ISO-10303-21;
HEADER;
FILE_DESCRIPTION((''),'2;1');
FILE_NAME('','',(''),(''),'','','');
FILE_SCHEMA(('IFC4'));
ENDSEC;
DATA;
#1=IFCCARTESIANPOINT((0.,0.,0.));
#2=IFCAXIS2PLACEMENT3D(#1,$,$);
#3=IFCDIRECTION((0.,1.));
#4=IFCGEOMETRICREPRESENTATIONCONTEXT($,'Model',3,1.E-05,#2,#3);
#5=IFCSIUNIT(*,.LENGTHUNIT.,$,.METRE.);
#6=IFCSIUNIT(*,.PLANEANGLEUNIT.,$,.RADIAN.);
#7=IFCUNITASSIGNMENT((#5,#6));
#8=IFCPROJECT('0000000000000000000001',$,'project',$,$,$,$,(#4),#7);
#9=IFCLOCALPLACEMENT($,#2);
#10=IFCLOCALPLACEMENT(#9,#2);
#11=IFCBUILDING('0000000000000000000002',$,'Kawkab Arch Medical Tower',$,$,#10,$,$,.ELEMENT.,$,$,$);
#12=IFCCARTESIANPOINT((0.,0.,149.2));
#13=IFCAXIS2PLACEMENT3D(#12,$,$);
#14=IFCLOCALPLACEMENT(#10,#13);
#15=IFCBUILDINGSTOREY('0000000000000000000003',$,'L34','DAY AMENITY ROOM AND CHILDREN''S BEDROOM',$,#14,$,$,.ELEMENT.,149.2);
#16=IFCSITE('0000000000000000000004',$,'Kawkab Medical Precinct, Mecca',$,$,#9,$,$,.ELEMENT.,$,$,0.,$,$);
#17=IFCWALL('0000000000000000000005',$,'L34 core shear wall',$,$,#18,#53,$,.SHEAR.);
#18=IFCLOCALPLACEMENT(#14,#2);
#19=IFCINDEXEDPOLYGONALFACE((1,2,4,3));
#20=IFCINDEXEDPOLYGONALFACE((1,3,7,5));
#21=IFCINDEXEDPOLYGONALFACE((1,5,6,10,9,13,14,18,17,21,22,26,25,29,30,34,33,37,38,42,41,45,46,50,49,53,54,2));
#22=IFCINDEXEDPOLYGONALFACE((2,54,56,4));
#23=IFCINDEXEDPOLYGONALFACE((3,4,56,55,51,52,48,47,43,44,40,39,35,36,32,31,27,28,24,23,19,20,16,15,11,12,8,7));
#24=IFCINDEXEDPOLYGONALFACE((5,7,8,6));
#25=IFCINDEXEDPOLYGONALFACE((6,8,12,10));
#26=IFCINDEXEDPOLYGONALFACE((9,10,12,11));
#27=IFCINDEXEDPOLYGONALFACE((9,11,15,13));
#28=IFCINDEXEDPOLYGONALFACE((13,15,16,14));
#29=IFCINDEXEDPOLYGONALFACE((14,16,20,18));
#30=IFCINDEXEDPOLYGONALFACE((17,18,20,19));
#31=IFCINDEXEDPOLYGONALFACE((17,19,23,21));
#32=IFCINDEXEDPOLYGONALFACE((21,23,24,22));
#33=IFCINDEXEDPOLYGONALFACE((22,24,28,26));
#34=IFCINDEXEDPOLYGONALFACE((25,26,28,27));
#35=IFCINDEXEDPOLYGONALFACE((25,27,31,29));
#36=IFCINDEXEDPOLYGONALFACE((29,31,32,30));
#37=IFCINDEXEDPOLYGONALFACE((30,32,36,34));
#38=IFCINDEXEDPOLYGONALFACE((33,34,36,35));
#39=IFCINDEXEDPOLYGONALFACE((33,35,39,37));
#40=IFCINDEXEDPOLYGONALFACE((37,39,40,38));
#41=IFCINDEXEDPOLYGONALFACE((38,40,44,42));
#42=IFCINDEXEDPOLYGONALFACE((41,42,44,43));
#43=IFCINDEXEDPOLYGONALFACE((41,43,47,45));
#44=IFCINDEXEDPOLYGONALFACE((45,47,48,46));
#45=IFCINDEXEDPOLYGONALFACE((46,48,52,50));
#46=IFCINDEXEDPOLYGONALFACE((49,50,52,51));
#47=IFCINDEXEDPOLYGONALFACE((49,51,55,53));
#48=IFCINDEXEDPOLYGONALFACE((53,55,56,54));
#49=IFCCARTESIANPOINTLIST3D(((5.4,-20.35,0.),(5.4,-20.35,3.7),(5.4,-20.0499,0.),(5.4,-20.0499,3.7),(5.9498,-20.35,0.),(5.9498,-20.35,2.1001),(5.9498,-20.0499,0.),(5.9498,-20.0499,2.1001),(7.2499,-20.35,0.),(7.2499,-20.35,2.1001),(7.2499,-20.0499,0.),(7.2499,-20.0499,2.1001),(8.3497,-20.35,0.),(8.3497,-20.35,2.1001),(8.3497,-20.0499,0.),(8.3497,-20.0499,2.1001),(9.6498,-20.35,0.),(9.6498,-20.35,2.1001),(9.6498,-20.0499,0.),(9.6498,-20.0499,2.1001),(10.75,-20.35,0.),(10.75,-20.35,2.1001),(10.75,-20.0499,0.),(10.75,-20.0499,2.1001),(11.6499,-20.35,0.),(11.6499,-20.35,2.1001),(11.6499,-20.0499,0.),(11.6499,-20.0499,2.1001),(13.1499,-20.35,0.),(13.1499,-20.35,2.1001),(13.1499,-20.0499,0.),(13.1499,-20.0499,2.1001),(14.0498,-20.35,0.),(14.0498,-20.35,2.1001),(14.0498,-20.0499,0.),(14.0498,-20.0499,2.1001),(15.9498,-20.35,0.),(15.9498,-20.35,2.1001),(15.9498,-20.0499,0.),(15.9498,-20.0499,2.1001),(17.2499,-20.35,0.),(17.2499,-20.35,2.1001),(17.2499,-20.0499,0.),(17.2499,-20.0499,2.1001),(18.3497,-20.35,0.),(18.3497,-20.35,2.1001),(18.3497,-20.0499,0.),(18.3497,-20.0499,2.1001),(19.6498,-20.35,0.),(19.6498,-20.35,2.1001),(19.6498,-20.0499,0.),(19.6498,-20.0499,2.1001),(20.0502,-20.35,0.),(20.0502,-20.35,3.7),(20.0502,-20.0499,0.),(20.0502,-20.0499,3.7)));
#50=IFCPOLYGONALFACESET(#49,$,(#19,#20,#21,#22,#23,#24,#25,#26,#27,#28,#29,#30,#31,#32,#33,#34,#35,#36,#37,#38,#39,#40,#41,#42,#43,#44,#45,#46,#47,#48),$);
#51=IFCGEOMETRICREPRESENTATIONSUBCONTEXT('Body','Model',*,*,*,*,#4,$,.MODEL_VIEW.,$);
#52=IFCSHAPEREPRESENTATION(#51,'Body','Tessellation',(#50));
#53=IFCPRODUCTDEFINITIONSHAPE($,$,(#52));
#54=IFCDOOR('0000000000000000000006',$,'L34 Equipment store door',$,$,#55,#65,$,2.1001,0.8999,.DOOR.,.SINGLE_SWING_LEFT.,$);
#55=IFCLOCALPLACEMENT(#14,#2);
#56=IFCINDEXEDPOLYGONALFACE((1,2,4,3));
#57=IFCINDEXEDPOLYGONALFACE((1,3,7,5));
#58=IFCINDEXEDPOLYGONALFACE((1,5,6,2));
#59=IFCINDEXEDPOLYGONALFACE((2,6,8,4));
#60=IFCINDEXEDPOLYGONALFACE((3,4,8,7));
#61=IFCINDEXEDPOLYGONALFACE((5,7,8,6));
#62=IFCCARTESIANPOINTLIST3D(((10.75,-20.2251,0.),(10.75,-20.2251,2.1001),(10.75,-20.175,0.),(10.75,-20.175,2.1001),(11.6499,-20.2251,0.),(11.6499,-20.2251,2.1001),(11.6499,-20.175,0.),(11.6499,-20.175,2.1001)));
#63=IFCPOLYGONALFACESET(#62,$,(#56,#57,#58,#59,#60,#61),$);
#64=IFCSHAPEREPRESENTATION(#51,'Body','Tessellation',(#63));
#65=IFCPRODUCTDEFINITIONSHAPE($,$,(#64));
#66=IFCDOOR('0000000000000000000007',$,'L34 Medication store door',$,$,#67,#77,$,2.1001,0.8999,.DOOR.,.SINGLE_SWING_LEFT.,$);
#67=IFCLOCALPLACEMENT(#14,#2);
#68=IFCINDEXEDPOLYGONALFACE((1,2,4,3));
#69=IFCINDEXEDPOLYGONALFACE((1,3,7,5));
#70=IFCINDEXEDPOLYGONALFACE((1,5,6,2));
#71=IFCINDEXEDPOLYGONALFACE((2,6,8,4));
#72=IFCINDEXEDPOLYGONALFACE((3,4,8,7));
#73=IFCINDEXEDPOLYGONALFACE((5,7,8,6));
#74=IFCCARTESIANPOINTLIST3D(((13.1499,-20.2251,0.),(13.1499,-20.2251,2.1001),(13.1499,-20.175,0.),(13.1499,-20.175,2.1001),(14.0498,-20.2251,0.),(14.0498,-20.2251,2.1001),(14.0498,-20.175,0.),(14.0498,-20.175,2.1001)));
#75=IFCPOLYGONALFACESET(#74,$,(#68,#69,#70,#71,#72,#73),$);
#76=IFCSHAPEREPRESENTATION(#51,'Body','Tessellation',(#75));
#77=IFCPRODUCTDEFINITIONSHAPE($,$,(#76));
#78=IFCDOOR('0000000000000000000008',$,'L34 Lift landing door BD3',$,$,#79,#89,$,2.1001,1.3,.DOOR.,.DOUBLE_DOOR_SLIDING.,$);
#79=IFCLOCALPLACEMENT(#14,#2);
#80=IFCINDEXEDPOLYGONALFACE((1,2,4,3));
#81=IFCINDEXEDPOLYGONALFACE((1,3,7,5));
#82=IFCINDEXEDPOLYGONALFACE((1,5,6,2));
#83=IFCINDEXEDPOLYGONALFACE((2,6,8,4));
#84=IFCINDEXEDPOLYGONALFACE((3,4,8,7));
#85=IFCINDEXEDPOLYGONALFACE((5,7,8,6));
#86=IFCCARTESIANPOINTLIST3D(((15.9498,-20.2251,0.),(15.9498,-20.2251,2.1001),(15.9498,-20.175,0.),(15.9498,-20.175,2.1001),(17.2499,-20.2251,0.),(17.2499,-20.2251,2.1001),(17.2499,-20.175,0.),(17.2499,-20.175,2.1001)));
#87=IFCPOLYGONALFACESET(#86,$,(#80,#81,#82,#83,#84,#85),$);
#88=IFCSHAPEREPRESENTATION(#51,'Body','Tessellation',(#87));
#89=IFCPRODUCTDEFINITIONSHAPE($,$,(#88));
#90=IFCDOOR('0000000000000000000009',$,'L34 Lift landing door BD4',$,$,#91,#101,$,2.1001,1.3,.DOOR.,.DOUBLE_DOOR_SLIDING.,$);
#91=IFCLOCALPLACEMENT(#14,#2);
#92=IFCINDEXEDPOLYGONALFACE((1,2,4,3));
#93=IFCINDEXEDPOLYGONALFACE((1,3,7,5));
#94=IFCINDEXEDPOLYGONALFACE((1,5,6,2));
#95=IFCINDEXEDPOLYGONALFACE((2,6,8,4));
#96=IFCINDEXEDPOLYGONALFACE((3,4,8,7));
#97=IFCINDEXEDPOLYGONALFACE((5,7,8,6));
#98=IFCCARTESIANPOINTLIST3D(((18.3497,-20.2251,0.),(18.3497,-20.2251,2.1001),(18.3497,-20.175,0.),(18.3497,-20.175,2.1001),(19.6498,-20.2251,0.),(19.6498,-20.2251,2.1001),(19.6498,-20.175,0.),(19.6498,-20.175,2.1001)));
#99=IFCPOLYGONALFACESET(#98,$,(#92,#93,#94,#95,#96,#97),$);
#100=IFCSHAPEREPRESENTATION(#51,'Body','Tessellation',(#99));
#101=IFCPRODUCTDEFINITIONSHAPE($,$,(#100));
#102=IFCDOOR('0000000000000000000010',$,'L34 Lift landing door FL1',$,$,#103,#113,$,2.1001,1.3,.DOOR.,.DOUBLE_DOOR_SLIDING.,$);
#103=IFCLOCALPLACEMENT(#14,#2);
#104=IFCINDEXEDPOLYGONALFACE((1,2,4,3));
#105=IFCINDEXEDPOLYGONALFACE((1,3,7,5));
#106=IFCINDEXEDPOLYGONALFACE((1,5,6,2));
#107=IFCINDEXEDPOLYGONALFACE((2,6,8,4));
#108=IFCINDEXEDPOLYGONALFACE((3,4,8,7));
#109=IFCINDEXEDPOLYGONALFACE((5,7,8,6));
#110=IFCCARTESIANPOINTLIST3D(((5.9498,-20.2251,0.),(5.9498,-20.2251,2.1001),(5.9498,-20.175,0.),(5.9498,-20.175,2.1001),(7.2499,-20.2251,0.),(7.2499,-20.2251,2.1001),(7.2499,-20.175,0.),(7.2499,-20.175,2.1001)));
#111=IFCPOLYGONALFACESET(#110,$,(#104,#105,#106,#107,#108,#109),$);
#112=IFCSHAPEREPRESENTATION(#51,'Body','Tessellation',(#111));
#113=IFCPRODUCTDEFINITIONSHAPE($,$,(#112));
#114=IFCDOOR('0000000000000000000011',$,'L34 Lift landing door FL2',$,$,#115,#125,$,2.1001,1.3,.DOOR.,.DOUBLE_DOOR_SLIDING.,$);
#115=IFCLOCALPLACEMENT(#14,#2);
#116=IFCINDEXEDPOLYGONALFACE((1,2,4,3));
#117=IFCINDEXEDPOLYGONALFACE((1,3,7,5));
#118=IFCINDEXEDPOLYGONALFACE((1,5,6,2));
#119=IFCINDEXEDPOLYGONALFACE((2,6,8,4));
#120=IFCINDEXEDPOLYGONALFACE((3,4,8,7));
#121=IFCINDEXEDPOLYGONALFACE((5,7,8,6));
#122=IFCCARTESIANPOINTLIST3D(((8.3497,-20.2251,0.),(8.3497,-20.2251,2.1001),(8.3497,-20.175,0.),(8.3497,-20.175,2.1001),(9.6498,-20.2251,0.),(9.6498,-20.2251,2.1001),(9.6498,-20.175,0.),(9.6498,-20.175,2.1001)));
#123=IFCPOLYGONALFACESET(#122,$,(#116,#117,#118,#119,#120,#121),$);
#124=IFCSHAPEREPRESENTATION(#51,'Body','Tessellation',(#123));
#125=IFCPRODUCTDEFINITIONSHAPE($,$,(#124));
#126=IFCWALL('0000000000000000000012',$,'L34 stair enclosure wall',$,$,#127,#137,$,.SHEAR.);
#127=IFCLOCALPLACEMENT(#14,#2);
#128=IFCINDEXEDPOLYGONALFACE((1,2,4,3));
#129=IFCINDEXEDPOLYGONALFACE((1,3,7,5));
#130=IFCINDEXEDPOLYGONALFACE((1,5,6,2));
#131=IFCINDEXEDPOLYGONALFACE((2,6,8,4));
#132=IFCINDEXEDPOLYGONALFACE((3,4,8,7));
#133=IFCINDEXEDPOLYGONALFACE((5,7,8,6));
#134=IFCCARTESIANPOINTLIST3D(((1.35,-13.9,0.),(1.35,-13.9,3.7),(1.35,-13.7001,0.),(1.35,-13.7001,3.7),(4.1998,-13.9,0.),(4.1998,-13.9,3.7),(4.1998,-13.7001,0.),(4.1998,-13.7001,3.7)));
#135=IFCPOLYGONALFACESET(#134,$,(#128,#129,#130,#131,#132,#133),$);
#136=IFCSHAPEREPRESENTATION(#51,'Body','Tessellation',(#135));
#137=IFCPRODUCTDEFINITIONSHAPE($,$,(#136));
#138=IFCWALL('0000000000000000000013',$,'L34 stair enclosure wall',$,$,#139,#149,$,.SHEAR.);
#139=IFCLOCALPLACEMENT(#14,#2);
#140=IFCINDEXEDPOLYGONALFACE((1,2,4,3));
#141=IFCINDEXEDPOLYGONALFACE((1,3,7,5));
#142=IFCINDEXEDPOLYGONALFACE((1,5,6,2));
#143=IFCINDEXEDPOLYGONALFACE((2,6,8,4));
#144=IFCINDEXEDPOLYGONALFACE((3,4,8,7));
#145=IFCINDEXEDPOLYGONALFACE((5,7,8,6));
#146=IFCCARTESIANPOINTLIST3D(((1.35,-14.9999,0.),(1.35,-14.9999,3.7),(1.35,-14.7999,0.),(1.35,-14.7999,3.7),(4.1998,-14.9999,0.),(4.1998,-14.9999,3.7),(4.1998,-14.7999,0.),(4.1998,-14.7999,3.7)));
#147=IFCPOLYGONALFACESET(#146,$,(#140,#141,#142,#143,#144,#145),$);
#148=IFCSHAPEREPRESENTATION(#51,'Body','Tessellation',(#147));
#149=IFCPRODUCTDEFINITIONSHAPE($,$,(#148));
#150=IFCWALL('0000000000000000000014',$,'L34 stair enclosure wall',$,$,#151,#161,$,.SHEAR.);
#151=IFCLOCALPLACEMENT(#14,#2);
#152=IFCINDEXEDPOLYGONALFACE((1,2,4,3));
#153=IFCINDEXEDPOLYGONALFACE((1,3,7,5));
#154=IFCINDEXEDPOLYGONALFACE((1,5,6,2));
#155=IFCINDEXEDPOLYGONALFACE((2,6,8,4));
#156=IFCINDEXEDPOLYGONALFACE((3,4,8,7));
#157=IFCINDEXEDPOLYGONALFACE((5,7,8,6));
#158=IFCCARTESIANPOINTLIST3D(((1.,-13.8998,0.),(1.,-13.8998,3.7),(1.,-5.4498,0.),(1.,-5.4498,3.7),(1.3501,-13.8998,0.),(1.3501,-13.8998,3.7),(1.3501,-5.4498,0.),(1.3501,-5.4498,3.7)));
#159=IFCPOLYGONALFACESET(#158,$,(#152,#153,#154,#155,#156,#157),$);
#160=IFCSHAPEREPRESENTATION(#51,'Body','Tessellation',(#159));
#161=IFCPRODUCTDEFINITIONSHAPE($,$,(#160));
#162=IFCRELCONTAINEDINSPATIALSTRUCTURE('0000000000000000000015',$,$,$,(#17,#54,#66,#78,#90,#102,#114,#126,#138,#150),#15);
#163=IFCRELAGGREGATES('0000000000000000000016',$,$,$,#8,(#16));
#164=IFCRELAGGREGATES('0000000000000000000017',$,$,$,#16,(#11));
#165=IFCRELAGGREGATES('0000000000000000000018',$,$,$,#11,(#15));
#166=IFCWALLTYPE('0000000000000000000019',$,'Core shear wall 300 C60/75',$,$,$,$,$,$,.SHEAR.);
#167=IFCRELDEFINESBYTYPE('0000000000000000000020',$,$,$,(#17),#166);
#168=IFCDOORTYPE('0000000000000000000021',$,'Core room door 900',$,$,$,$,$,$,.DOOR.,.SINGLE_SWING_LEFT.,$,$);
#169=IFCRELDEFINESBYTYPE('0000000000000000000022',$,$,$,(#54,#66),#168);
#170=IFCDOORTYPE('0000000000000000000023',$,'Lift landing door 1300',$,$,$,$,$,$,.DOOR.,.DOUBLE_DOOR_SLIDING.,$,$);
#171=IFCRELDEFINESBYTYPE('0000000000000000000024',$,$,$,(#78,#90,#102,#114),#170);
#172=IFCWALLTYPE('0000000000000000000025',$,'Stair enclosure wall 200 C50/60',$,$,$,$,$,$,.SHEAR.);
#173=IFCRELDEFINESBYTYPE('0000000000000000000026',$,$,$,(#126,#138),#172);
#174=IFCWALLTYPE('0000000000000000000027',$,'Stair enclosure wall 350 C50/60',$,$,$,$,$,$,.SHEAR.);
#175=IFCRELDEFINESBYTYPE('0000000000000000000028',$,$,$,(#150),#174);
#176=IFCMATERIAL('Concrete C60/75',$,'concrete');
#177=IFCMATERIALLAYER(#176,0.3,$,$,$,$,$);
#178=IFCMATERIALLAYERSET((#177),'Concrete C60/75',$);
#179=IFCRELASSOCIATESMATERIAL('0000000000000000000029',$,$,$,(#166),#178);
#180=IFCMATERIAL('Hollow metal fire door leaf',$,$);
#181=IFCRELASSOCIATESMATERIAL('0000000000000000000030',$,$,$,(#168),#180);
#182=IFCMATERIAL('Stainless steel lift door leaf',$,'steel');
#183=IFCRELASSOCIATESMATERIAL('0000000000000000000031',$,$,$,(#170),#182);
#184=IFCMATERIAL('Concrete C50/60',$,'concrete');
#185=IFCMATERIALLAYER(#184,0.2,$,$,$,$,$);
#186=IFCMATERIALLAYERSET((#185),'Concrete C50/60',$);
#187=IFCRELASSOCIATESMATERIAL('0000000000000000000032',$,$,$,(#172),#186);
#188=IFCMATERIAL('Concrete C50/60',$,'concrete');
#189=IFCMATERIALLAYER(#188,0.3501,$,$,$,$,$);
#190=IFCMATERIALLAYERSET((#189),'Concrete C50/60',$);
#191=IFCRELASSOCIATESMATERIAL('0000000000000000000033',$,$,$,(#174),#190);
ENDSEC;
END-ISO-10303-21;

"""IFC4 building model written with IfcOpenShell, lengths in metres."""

from ifc_helpers import new_model, si_unit, direction, frame, frame_2d, origin, place, context, subcontext, project, spatial, rectangle, extrude, material, layer, layer_set, type_object, element, fill, save


model = new_model("IFC4")

# Units and contexts
model_context = context("Model", 3, precision=1e-05, world=origin(), true_north=direction((0.0, 1.0)))
body_context = subcontext(model_context, "Body", "Model", "MODEL_VIEW")
ifc_project = project(units=[si_unit("LENGTHUNIT", "METRE"), si_unit("PLANEANGLEUNIT", "RADIAN")], contexts=[model_context])

# Site, building, storey
site_placement = place(None, origin())
site = spatial("IfcSite", under=ifc_project, at=site_placement, Name="Kawkab Medical Precinct, Mecca", CompositionType="ELEMENT", RefElevation=0.0)
building_placement = place(site_placement, origin())
building = spatial("IfcBuilding", under=site, at=building_placement, Name="Kawkab Arch Medical Tower", CompositionType="ELEMENT")
storey_placement = place(building_placement, frame((0.0, 0.0, 149.2)))
storey = spatial("IfcBuildingStorey", under=building, at=storey_placement, Name="L34", Description="DAY AMENITY ROOM AND CHILDREN'S BEDROOM", CompositionType="ELEMENT", Elevation=149.2)

# Shared definitions
ifc_material_1 = material(Name="Concrete C60/75", Category="concrete")
ifc_layer_1 = layer(ifc_material_1, 0.3)
ifc_layer_set_1 = layer_set([ifc_layer_1], Name="Concrete C60/75")
wall_type_1 = type_object("IfcWallType", Name="Core shear wall 300 C60/75", PredefinedType="SHEAR", material=ifc_layer_set_1)

# Wall, openings, doors
wall_1_placement = place(storey_placement, frame((5.3999, -20.2, 0.0), z_axis=(0.0, 0.0, 1.0), x_axis=(1.0, 0.0, 0.0)))
wall_1 = element("IfcWall", 1, at=wall_1_placement, inside=storey, type_object=wall_type_1, Name="L34 core shear wall", PredefinedType="SHEAR", context=body_context, shape_type="SweptSolid", body=[
    extrude(rectangle(XDim=14.6501, YDim=0.3, at=frame_2d((7.3252, 0.0))), origin(), (0.0, 0.0, 1.0), 3.7),
])
opening_1_placement = place(wall_1_placement, frame((10.55, 0.0, 0.0)))
opening_1 = element("IfcOpeningElement", 2, at=opening_1_placement, cuts=wall_1, PredefinedType="OPENING", context=body_context, shape_type="SweptSolid", body=[
    extrude(rectangle(XDim=1.3, YDim=2.1001, at=frame_2d((0.6499, 1.05))), frame((0.0, 0.1599, 0.0), z_axis=(0.0, -1.0, 0.0), x_axis=(1.0, 0.0, 0.0)), (0.0, 0.0, 1.0), 0.3201),
])
opening_2_placement = place(wall_1_placement, frame((12.95, 0.0, 0.0)))
opening_2 = element("IfcOpeningElement", 3, at=opening_2_placement, cuts=wall_1, PredefinedType="OPENING", context=body_context, shape_type="SweptSolid", body=[
    extrude(rectangle(XDim=1.3, YDim=2.1001, at=frame_2d((0.6499, 1.05))), frame((0.0, 0.1599, 0.0), z_axis=(0.0, -1.0, 0.0), x_axis=(1.0, 0.0, 0.0)), (0.0, 0.0, 1.0), 0.3201),
])
opening_3_placement = place(wall_1_placement, frame((0.55, 0.0, 0.0)))
opening_3 = element("IfcOpeningElement", 4, at=opening_3_placement, cuts=wall_1, PredefinedType="OPENING", context=body_context, shape_type="SweptSolid", body=[
    extrude(rectangle(XDim=1.3, YDim=2.1001, at=frame_2d((0.6499, 1.05))), frame((0.0, 0.1599, 0.0), z_axis=(0.0, -1.0, 0.0), x_axis=(1.0, 0.0, 0.0)), (0.0, 0.0, 1.0), 0.3201),
])
opening_4_placement = place(wall_1_placement, frame((2.95, 0.0, 0.0)))
opening_4 = element("IfcOpeningElement", 5, at=opening_4_placement, cuts=wall_1, PredefinedType="OPENING", context=body_context, shape_type="SweptSolid", body=[
    extrude(rectangle(XDim=1.3, YDim=2.1001, at=frame_2d((0.6499, 1.05))), frame((0.0, 0.1599, 0.0), z_axis=(0.0, -1.0, 0.0), x_axis=(1.0, 0.0, 0.0)), (0.0, 0.0, 1.0), 0.3201),
])
opening_5_placement = place(wall_1_placement, frame((5.3501, 0.0, 0.0)))
opening_5 = element("IfcOpeningElement", 6, at=opening_5_placement, cuts=wall_1, PredefinedType="OPENING", context=body_context, shape_type="SweptSolid", body=[
    extrude(rectangle(XDim=0.8999, YDim=2.1001, at=frame_2d((0.45, 1.05))), frame((0.0, 0.1599, 0.0), z_axis=(0.0, -1.0, 0.0), x_axis=(1.0, 0.0, 0.0)), (0.0, 0.0, 1.0), 0.3201),
])
opening_6_placement = place(wall_1_placement, frame((7.75, 0.0, 0.0)))
opening_6 = element("IfcOpeningElement", 7, at=opening_6_placement, cuts=wall_1, PredefinedType="OPENING", context=body_context, shape_type="SweptSolid", body=[
    extrude(rectangle(XDim=0.8999, YDim=2.1001, at=frame_2d((0.45, 1.05))), frame((0.0, 0.1599, 0.0), z_axis=(0.0, -1.0, 0.0), x_axis=(1.0, 0.0, 0.0)), (0.0, 0.0, 1.0), 0.3201),
])
ifc_material_2 = material(Name="Hollow metal fire door leaf")
door_type_1 = type_object("IfcDoorType", Name="Core room door 900", OperationType="SINGLE_SWING_LEFT", PredefinedType="DOOR", material=ifc_material_2)
door_1_placement = place(opening_5_placement, origin())
door_1 = element("IfcDoor", 8, at=door_1_placement, inside=storey, type_object=door_type_1, Name="L34 Equipment store door", OperationType="SINGLE_SWING_LEFT", OverallHeight=2.1001, OverallWidth=0.8999, PredefinedType="DOOR", context=body_context, shape_type="SweptSolid", body=[
    extrude(rectangle(XDim=0.8999, YDim=2.1001, at=frame_2d((0.45, 1.05))), frame((0.0, 0.0249, 0.0), z_axis=(0.0, -1.0, 0.0), x_axis=(1.0, 0.0, 0.0)), (0.0, 0.0, 1.0), 0.05),
])
fill(opening_5, door_1)
door_2_placement = place(opening_6_placement, origin())
door_2 = element("IfcDoor", 9, at=door_2_placement, inside=storey, type_object=door_type_1, Name="L34 Medication store door", OperationType="SINGLE_SWING_LEFT", OverallHeight=2.1001, OverallWidth=0.8999, PredefinedType="DOOR", context=body_context, shape_type="SweptSolid", body=[
    extrude(rectangle(XDim=0.8999, YDim=2.1001, at=frame_2d((0.45, 1.05))), frame((0.0, 0.0249, 0.0), z_axis=(0.0, -1.0, 0.0), x_axis=(1.0, 0.0, 0.0)), (0.0, 0.0, 1.0), 0.05),
])
fill(opening_6, door_2)
ifc_material_3 = material(Name="Stainless steel lift door leaf", Category="steel")
door_type_2 = type_object("IfcDoorType", Name="Lift landing door 1300", OperationType="DOUBLE_DOOR_SLIDING", PredefinedType="DOOR", material=ifc_material_3)
door_3_placement = place(opening_1_placement, origin())
door_3 = element("IfcDoor", 10, at=door_3_placement, inside=storey, type_object=door_type_2, Name="L34 Lift landing door BD3", OperationType="DOUBLE_DOOR_SLIDING", OverallHeight=2.1001, OverallWidth=1.3, PredefinedType="DOOR", context=body_context, shape_type="SweptSolid", body=[
    extrude(rectangle(XDim=1.3, YDim=2.1001, at=frame_2d((0.6499, 1.05))), frame((0.0, 0.0249, 0.0), z_axis=(0.0, -1.0, 0.0), x_axis=(1.0, 0.0, 0.0)), (0.0, 0.0, 1.0), 0.05),
])
fill(opening_1, door_3)
door_4_placement = place(opening_2_placement, origin())
door_4 = element("IfcDoor", 11, at=door_4_placement, inside=storey, type_object=door_type_2, Name="L34 Lift landing door BD4", OperationType="DOUBLE_DOOR_SLIDING", OverallHeight=2.1001, OverallWidth=1.3, PredefinedType="DOOR", context=body_context, shape_type="SweptSolid", body=[
    extrude(rectangle(XDim=1.3, YDim=2.1001, at=frame_2d((0.6499, 1.05))), frame((0.0, 0.0249, 0.0), z_axis=(0.0, -1.0, 0.0), x_axis=(1.0, 0.0, 0.0)), (0.0, 0.0, 1.0), 0.05),
])
fill(opening_2, door_4)
door_5_placement = place(opening_3_placement, origin())
door_5 = element("IfcDoor", 12, at=door_5_placement, inside=storey, type_object=door_type_2, Name="L34 Lift landing door FL1", OperationType="DOUBLE_DOOR_SLIDING", OverallHeight=2.1001, OverallWidth=1.3, PredefinedType="DOOR", context=body_context, shape_type="SweptSolid", body=[
    extrude(rectangle(XDim=1.3, YDim=2.1001, at=frame_2d((0.6499, 1.05))), frame((0.0, 0.0249, 0.0), z_axis=(0.0, -1.0, 0.0), x_axis=(1.0, 0.0, 0.0)), (0.0, 0.0, 1.0), 0.05),
])
fill(opening_3, door_5)
door_6_placement = place(opening_4_placement, origin())
door_6 = element("IfcDoor", 13, at=door_6_placement, inside=storey, type_object=door_type_2, Name="L34 Lift landing door FL2", OperationType="DOUBLE_DOOR_SLIDING", OverallHeight=2.1001, OverallWidth=1.3, PredefinedType="DOOR", context=body_context, shape_type="SweptSolid", body=[
    extrude(rectangle(XDim=1.3, YDim=2.1001, at=frame_2d((0.6499, 1.05))), frame((0.0, 0.0249, 0.0), z_axis=(0.0, -1.0, 0.0), x_axis=(1.0, 0.0, 0.0)), (0.0, 0.0, 1.0), 0.05),
])
fill(opening_4, door_6)

# Walls
ifc_material_4 = material(Name="Concrete C50/60", Category="concrete")
ifc_layer_2 = layer(ifc_material_4, 0.2)
ifc_layer_set_2 = layer_set([ifc_layer_2], Name="Concrete C50/60")
wall_type_2 = type_object("IfcWallType", Name="Stair enclosure wall 200 C50/60", PredefinedType="SHEAR", material=ifc_layer_set_2)
for number, where, z_axis, x_axis, name in (
    (14, (1.3501, -13.8, 0.0), (0.0, 0.0, 1.0), (1.0, 0.0, 0.0), "L34 stair enclosure wall"),
    (15, (1.3501, -14.8999, 0.0), (0.0, 0.0, 1.0), (1.0, 0.0, 0.0), "L34 stair enclosure wall"),
):
    element("IfcWall", number, at=place(storey_placement, frame(where, z_axis=z_axis, x_axis=x_axis)), inside=storey, type_object=wall_type_2, Name=name, PredefinedType="SHEAR", context=body_context, shape_type="SweptSolid", body=[
        extrude(rectangle(XDim=2.8499, YDim=0.2, at=frame_2d((1.4248, 0.0))), origin(), (0.0, 0.0, 1.0), 3.7),
    ])
ifc_material_5 = material(Name="Concrete C50/60", Category="concrete")
ifc_layer_3 = layer(ifc_material_5, 0.3501)
ifc_layer_set_3 = layer_set([ifc_layer_3], Name="Concrete C50/60")
wall_type_3 = type_object("IfcWallType", Name="Stair enclosure wall 350 C50/60", PredefinedType="SHEAR", material=ifc_layer_set_3)
wall_2_placement = place(storey_placement, frame((1.175, -13.8999, 0.0), z_axis=(0.0, 0.0, 1.0), x_axis=(0.0, 1.0, 0.0)))
element("IfcWall", 16, at=wall_2_placement, inside=storey, type_object=wall_type_3, Name="L34 stair enclosure wall", PredefinedType="SHEAR", context=body_context, shape_type="SweptSolid", body=[
    extrude(rectangle(XDim=8.45, YDim=0.3501, at=frame_2d((4.2251, 0.0))), origin(), (0.0, 0.0, 1.0), 3.7),
])

save(model, "model.ifc")
